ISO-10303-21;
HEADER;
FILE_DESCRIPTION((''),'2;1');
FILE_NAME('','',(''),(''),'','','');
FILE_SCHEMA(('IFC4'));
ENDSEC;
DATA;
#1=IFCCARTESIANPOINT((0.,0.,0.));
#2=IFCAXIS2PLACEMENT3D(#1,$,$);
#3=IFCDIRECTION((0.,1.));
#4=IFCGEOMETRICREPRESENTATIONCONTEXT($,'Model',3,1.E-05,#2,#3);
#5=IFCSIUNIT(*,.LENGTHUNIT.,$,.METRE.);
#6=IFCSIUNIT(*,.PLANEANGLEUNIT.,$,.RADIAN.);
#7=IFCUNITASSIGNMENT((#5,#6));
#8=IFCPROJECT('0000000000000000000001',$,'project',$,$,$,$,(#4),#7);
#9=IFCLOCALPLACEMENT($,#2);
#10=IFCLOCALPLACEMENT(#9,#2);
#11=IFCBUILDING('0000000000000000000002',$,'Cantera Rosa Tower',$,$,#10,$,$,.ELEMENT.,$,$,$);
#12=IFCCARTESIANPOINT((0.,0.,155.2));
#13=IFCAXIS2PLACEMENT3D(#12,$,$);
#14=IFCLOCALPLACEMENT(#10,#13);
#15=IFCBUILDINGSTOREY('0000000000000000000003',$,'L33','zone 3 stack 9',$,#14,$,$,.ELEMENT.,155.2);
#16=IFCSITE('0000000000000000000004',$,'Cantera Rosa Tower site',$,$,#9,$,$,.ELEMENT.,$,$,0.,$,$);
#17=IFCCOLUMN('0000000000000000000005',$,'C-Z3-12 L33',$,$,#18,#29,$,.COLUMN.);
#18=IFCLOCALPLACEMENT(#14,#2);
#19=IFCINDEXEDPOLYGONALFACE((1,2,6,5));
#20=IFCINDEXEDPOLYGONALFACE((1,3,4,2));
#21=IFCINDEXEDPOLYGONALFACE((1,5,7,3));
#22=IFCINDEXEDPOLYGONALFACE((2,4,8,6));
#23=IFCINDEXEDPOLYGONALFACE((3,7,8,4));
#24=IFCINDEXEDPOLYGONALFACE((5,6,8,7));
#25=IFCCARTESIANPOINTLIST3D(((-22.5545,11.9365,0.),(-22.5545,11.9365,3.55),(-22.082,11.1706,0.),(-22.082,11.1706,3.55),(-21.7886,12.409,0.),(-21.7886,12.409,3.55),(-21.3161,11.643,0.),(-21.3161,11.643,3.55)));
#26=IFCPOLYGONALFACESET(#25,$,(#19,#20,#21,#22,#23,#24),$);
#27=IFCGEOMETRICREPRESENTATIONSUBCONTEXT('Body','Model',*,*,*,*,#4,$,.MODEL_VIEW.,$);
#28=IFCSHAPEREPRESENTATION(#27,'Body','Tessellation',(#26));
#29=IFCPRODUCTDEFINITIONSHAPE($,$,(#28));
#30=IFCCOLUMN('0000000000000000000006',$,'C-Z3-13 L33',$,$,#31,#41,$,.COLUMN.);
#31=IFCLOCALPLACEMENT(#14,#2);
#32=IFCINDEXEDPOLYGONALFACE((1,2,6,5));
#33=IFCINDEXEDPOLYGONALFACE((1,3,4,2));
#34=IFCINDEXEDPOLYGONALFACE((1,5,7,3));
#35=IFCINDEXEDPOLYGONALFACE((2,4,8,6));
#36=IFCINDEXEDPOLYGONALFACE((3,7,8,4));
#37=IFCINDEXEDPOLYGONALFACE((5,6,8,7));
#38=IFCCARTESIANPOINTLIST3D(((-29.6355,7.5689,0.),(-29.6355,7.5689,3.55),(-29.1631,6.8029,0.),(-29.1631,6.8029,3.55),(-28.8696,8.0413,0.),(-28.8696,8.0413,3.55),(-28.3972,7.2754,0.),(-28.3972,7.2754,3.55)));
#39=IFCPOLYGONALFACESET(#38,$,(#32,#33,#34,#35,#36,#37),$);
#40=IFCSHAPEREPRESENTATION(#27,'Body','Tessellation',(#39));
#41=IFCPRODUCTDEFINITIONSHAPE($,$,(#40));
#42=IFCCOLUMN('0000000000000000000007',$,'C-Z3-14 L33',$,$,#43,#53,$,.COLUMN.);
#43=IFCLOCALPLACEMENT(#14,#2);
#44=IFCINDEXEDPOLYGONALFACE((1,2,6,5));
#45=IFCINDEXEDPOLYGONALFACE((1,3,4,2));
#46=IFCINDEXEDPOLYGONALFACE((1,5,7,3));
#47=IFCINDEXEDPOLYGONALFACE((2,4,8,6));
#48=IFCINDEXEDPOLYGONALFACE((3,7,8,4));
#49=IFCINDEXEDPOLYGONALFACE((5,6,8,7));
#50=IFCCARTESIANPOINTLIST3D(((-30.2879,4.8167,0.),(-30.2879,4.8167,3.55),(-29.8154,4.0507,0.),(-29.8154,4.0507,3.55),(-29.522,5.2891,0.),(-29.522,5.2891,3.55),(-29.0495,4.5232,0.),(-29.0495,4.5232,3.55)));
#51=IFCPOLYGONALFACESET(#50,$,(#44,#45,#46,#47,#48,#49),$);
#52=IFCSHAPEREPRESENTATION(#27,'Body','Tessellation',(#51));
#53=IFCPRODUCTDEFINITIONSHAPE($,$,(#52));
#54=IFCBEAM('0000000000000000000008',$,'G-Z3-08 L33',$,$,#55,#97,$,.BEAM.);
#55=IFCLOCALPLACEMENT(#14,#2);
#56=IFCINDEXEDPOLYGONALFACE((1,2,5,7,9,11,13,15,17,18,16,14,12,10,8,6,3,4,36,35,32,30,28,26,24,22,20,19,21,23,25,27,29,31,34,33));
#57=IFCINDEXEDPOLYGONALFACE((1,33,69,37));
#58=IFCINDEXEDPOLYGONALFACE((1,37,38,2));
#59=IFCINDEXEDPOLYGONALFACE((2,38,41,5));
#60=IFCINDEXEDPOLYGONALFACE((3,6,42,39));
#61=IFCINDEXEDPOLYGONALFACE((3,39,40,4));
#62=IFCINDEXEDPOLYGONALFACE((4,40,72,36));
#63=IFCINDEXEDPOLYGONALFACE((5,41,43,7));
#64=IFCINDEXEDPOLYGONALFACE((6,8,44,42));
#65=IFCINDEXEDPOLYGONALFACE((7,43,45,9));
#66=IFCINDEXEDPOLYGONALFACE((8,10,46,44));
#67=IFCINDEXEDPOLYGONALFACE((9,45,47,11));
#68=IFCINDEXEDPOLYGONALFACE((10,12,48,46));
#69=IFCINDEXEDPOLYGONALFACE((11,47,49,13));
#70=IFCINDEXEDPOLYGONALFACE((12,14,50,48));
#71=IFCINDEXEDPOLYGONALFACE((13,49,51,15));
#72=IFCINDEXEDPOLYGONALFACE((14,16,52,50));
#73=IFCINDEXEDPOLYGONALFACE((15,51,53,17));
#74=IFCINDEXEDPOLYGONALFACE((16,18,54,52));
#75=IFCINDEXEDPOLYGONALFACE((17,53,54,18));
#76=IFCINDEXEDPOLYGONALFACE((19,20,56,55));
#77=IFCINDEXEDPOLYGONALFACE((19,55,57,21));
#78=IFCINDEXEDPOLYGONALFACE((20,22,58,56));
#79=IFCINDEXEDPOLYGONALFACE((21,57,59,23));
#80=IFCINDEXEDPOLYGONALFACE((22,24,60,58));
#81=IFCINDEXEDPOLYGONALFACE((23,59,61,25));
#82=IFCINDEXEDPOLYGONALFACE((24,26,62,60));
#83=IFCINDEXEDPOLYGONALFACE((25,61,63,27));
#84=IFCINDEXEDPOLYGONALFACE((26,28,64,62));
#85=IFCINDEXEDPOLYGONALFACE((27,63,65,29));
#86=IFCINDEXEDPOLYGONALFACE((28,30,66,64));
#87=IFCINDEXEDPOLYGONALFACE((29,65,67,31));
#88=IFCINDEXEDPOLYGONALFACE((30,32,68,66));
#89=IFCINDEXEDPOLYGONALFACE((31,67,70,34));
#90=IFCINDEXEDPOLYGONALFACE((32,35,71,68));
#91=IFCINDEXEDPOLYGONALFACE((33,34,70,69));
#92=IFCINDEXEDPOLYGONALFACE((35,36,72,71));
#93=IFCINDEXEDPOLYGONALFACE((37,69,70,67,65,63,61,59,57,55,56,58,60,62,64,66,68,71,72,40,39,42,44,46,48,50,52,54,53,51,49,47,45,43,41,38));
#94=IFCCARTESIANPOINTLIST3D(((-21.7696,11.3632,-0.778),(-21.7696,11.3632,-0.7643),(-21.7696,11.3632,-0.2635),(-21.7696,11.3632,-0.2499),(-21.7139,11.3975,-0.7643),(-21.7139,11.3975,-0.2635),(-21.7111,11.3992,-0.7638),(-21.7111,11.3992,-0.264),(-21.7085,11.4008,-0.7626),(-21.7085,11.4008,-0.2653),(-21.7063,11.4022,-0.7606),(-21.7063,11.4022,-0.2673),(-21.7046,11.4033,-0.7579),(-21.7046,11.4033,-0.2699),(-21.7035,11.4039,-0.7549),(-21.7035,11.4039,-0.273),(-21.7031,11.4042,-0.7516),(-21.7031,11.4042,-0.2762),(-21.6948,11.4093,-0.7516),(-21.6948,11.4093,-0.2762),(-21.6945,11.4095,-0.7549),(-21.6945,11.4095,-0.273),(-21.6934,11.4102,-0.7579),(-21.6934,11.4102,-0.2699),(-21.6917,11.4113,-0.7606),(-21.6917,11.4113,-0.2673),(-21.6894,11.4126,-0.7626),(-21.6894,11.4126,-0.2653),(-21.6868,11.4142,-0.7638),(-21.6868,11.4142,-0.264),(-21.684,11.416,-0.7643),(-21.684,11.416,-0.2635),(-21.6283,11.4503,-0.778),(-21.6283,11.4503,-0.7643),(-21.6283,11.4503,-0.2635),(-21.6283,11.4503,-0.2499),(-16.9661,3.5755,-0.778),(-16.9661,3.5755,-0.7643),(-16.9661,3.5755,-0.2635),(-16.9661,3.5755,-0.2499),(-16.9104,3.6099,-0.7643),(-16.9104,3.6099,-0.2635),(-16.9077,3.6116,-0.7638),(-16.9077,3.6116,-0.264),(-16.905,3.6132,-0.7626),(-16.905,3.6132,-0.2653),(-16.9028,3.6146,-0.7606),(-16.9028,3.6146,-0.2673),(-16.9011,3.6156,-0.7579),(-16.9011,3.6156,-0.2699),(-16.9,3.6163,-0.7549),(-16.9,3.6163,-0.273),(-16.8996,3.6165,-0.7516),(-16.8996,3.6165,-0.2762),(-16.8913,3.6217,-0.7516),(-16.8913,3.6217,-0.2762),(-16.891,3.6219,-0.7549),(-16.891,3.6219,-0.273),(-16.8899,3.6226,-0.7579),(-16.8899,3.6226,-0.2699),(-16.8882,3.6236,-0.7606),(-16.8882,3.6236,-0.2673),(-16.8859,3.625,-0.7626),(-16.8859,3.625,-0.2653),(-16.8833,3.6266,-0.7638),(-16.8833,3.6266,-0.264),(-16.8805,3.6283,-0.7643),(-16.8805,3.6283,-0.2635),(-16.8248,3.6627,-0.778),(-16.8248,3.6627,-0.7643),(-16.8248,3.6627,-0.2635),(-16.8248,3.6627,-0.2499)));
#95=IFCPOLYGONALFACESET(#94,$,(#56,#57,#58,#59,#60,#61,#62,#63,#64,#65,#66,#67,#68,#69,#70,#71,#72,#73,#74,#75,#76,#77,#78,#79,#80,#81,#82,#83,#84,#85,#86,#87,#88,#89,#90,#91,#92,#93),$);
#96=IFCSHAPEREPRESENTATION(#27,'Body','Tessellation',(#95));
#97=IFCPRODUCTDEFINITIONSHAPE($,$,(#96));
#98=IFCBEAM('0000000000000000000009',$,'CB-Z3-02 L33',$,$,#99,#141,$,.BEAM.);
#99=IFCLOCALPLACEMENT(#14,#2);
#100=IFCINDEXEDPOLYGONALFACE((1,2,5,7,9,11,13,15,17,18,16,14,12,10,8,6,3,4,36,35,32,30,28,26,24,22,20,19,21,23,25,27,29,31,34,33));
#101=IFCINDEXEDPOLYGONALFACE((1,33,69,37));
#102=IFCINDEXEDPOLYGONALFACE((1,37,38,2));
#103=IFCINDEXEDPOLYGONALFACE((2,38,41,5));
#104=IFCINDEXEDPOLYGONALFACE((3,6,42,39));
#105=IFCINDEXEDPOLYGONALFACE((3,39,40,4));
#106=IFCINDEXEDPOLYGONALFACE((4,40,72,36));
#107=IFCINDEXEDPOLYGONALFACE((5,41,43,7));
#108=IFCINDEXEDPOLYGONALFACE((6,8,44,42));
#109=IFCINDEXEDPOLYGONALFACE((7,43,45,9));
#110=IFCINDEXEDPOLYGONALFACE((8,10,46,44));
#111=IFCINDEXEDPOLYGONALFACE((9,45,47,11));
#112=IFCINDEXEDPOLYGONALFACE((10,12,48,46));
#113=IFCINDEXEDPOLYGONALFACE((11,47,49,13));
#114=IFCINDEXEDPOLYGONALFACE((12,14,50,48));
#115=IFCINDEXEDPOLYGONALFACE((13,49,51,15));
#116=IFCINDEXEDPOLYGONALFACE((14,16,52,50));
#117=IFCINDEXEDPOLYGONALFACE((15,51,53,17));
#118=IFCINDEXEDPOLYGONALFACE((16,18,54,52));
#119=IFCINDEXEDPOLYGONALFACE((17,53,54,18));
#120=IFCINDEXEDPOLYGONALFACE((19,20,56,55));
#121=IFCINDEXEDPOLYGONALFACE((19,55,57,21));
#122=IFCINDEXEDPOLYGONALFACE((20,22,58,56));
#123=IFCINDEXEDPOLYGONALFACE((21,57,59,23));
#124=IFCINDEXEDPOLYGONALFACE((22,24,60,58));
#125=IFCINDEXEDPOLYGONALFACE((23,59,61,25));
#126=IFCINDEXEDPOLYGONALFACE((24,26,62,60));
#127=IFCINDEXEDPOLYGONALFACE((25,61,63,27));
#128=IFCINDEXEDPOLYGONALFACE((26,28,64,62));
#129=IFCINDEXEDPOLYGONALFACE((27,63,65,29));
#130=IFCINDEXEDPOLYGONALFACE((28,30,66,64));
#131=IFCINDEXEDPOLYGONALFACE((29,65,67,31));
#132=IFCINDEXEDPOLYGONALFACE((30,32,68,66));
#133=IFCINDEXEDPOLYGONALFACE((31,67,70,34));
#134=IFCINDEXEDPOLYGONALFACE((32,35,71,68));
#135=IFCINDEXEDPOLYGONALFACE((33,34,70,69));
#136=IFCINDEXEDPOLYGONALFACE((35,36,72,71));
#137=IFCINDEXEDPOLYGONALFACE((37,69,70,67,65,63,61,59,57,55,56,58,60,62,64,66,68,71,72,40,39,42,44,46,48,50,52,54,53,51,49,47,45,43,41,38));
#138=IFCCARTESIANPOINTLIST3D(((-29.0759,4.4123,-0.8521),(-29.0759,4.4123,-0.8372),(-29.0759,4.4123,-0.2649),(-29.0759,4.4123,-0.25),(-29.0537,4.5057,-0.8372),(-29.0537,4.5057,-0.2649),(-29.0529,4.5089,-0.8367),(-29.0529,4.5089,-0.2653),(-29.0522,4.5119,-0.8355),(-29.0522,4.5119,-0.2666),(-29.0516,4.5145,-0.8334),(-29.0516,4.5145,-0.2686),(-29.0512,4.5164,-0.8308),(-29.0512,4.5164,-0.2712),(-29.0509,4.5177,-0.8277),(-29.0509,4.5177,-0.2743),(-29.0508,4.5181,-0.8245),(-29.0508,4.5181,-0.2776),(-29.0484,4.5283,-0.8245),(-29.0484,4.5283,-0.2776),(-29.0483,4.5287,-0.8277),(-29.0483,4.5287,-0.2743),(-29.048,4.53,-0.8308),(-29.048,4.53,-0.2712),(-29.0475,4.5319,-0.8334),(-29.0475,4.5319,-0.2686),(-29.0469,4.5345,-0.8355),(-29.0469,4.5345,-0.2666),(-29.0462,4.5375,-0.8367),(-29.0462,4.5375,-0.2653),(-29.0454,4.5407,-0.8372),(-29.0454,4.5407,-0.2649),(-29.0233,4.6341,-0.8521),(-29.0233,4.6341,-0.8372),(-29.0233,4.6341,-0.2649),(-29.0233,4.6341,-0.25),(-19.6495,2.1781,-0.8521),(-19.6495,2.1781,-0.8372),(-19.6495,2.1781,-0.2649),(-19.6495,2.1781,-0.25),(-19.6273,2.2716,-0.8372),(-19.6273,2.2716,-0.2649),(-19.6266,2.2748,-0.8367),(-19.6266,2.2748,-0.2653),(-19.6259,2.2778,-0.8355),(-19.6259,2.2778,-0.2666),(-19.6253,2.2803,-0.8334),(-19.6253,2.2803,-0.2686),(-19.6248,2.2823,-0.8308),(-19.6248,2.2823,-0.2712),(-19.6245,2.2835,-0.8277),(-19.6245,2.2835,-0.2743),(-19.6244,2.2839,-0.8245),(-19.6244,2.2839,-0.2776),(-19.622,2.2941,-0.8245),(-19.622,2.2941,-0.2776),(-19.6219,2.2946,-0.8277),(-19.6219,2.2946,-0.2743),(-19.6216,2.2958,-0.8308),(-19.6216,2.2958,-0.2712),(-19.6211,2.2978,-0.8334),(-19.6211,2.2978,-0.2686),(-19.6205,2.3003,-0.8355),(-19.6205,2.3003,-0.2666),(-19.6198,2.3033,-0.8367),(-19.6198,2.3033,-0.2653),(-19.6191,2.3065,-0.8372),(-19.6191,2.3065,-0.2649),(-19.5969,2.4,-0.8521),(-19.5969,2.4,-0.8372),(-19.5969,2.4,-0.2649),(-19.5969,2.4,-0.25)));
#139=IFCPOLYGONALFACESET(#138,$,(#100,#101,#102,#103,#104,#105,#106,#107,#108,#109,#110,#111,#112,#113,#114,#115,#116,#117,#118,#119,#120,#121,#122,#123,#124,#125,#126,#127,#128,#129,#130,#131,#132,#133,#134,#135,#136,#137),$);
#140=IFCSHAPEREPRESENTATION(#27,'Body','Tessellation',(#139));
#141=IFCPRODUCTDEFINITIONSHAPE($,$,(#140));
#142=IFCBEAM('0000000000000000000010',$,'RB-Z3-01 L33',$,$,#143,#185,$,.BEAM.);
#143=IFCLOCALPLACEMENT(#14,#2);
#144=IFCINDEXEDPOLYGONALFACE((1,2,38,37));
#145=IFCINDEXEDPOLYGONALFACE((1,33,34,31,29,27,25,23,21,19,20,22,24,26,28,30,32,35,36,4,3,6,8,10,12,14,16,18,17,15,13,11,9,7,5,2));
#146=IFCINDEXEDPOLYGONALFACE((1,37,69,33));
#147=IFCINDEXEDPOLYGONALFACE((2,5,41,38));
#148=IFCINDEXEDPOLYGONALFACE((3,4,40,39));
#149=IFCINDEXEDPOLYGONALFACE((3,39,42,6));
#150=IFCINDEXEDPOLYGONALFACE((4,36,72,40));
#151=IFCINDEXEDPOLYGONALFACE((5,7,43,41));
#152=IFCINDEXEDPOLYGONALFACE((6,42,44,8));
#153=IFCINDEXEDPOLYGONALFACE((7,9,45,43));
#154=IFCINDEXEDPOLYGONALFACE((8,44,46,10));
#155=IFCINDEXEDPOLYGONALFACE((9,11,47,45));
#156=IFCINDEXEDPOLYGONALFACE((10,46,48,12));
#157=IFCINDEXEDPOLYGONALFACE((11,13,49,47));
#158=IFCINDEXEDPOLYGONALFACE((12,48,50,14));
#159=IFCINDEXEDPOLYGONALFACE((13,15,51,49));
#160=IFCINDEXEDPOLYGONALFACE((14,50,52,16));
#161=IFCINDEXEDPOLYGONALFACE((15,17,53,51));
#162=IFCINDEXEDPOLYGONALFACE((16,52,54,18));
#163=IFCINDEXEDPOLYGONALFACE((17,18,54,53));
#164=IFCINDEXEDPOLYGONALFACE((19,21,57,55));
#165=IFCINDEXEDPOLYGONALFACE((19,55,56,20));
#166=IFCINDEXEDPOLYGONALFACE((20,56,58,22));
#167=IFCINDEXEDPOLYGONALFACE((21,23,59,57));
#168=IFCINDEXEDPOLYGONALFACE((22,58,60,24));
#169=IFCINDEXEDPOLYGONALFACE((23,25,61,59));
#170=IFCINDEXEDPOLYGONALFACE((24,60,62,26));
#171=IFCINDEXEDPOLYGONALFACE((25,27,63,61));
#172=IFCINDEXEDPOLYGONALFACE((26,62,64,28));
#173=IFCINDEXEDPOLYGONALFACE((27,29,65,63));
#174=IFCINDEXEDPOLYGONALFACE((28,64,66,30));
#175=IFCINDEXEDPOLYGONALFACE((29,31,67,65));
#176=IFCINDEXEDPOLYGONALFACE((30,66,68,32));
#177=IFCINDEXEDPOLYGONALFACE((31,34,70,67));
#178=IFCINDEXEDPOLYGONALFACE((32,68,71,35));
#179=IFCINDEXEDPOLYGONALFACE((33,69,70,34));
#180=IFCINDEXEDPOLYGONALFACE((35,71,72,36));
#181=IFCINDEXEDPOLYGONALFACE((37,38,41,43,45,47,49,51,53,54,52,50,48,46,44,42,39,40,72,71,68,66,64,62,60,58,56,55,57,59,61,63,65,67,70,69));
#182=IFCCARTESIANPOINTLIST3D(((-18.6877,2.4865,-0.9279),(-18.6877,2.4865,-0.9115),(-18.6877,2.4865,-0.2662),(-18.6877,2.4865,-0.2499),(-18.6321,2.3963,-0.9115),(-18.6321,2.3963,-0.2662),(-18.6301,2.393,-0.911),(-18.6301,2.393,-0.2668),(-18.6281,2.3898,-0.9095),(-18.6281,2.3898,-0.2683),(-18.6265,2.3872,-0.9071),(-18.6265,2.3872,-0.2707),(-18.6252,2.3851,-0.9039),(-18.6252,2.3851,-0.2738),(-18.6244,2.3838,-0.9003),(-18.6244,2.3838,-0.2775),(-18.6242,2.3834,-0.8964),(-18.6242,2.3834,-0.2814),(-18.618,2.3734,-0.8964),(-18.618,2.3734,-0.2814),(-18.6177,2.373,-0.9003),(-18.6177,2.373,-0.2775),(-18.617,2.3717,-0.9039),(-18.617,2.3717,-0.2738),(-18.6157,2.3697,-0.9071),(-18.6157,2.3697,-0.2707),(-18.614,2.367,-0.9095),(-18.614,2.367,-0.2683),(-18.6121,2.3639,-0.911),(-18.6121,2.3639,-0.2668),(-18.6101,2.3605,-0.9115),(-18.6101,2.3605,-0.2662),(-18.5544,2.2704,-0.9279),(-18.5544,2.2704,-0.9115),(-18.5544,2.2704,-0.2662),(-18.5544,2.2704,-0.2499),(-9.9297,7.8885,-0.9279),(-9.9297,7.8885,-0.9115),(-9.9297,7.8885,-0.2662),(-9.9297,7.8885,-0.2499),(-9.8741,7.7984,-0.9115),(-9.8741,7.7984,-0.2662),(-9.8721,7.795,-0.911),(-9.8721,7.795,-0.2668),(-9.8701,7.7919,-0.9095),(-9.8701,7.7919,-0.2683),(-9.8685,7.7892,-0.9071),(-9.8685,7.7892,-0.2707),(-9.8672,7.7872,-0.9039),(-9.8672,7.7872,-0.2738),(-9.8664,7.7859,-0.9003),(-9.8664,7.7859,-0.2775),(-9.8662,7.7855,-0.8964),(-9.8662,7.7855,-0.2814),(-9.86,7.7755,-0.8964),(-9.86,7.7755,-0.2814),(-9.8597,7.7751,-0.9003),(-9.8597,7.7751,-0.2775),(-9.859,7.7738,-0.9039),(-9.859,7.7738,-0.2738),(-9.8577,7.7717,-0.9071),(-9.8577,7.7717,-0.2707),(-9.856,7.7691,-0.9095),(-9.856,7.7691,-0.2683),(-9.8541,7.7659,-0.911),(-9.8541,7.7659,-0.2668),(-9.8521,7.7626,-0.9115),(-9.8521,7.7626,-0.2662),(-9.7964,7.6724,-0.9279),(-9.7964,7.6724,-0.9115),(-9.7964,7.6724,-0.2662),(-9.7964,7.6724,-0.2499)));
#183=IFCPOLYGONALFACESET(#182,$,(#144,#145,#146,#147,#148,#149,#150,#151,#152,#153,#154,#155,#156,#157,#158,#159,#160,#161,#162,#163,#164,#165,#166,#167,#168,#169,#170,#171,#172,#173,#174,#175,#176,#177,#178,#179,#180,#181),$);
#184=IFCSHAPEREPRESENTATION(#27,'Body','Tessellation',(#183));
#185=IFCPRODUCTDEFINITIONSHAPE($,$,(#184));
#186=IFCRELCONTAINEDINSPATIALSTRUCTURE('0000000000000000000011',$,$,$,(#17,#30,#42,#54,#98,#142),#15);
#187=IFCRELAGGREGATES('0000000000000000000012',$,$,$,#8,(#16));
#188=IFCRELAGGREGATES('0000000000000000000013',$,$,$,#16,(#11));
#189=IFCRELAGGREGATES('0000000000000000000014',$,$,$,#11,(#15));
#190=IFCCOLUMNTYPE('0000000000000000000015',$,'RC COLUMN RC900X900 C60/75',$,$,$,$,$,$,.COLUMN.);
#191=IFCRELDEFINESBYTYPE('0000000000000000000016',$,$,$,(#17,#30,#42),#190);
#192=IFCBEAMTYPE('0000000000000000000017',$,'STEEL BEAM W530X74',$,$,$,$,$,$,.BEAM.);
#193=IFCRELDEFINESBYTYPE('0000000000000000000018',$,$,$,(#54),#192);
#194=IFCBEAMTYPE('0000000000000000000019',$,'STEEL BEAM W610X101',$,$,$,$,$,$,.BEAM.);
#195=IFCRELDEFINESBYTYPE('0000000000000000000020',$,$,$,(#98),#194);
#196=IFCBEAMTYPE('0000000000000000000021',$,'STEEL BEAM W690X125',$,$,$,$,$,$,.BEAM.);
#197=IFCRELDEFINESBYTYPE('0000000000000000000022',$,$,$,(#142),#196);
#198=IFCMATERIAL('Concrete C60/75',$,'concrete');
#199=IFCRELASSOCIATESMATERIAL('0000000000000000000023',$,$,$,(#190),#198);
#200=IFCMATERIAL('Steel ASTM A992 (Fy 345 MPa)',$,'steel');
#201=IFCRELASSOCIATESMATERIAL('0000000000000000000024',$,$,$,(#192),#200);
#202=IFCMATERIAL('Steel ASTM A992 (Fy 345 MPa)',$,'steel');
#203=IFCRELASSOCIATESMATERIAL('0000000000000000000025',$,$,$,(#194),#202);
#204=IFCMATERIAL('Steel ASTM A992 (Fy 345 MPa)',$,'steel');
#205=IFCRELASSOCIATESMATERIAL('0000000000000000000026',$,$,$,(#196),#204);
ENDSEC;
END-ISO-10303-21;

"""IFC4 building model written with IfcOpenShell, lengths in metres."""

from ifc_helpers import new_model, si_unit, direction, frame, origin, origin_2d, place, context, subcontext, project, spatial, rectangle, i_section, extrude, material, material_profile, profile_set, type_object, element, save


model = new_model("IFC4")

# Units and contexts
model_context = context("Model", 3, precision=1e-05, world=origin(), true_north=direction((0.0, 1.0)))
body_context = subcontext(model_context, "Body", "Model", "MODEL_VIEW")
ifc_project = project(units=[si_unit("LENGTHUNIT", "METRE"), si_unit("PLANEANGLEUNIT", "RADIAN")], contexts=[model_context])

# Site, building, storey
site_placement = place(None, origin())
site = spatial("IfcSite", under=ifc_project, at=site_placement, Name="Cantera Rosa Tower site", CompositionType="ELEMENT", RefElevation=0.0)
building_placement = place(site_placement, origin())
building = spatial("IfcBuilding", under=site, at=building_placement, Name="Cantera Rosa Tower", CompositionType="ELEMENT")
storey_placement = place(building_placement, frame((0.0, 0.0, 155.2)))
storey = spatial("IfcBuildingStorey", under=building, at=storey_placement, Name="L33", Description="zone 3 stack 9", CompositionType="ELEMENT", Elevation=155.2)

# Columns
ifc_material_1 = material(Name="Concrete C60/75", Category="concrete")
ifc_material_profile_1 = material_profile(ifc_material_1, rectangle(XDim=0.8999, YDim=0.8999, at=origin_2d()), Name="RC COLUMN RC900X900 C60/75")
ifc_profile_set_1 = profile_set([ifc_material_profile_1], Name="Concrete C60/75")
column_type = type_object("IfcColumnType", Name="RC COLUMN RC900X900 C60/75", PredefinedType="COLUMN", material=ifc_profile_set_1)
for number, where, z_axis, x_axis, name in (
    (1, (-21.9353, 11.7898, 0.0), (0.0, 0.0, 1.0), (0.851117, 0.524977, 0.0), "C-Z3-12 L33"),
    (2, (-29.0164, 7.4221, 0.0), (0.0, 0.0, 1.0), (0.851117, 0.524977, 0.0), "C-Z3-13 L33"),
    (3, (-29.6687, 4.6699, 0.0), (0.0, 0.0, 1.0), (0.851117, 0.524977, 0.0), "C-Z3-14 L33"),
):
    element("IfcColumn", number, at=place(storey_placement, frame(where, z_axis=z_axis, x_axis=x_axis)), inside=storey, type_object=column_type, Name=name, PredefinedType="COLUMN", context=body_context, shape_type="SweptSolid", body=[
        extrude(rectangle(XDim=0.8999, YDim=0.8999, at=origin_2d()), origin(), (0.0, 0.0, 1.0), 3.55),
    ])

# Beams
ifc_material_2 = material(Name="Steel ASTM A992 (Fy 345 MPa)", Category="steel")
ifc_material_profile_2 = material_profile(ifc_material_2, i_section(OverallWidth=0.166, OverallDepth=0.5281, WebThickness=0.0098, FlangeThickness=0.0137, FilletRadius=0.0127, at=origin_2d()), Name="W530X74")
ifc_profile_set_2 = profile_set([ifc_material_profile_2], Name="Steel ASTM A992 (Fy 345 MPa)")
beam_type_1 = type_object("IfcBeamType", Name="STEEL BEAM W530X74", PredefinedType="BEAM", material=ifc_profile_set_2)
beam_1_placement = place(storey_placement, frame((-21.699, 11.4067, -0.5139), z_axis=(0.524977, -0.851116, 0.0), x_axis=(0.851116, 0.524977, 0.0)))
element("IfcBeam", 4, at=beam_1_placement, inside=storey, type_object=beam_type_1, Name="G-Z3-08 L33", PredefinedType="BEAM", context=body_context, shape_type="SweptSolid", body=[
    extrude(i_section(OverallWidth=0.166, OverallDepth=0.5281, WebThickness=0.0098, FlangeThickness=0.0137, FilletRadius=0.0127, at=origin_2d()), origin(), (0.0, 0.0, 1.0), 9.1499),
])
ifc_material_3 = material(Name="Steel ASTM A992 (Fy 345 MPa)", Category="steel")
ifc_material_profile_3 = material_profile(ifc_material_3, i_section(OverallWidth=0.228, OverallDepth=0.6021, WebThickness=0.0105, FlangeThickness=0.0149, FilletRadius=0.0127, at=origin_2d()), Name="W610X101")
ifc_profile_set_3 = profile_set([ifc_material_profile_3], Name="Steel ASTM A992 (Fy 345 MPa)")
beam_type_2 = type_object("IfcBeamType", Name="STEEL BEAM W610X101", PredefinedType="BEAM", material=ifc_profile_set_3)
beam_2_placement = place(storey_placement, frame((-29.0496, 4.5232, -0.551), z_axis=(0.973043, -0.230622, 0.0), x_axis=(0.230622, 0.973043, 0.0)))
element("IfcBeam", 5, at=beam_2_placement, inside=storey, type_object=beam_type_2, Name="CB-Z3-02 L33", PredefinedType="BEAM", context=body_context, shape_type="SweptSolid", body=[
    extrude(i_section(OverallWidth=0.228, OverallDepth=0.6021, WebThickness=0.0105, FlangeThickness=0.0149, FilletRadius=0.0127, at=origin_2d()), origin(), (0.0, 0.0, 1.0), 9.6875),
])
ifc_material_4 = material(Name="Steel ASTM A992 (Fy 345 MPa)", Category="steel")
ifc_material_profile_4 = material_profile(ifc_material_4, i_section(OverallWidth=0.2539, OverallDepth=0.678, WebThickness=0.0117, FlangeThickness=0.0164, FilletRadius=0.0151, at=origin_2d()), Name="W690X125")
ifc_profile_set_4 = profile_set([ifc_material_profile_4], Name="Steel ASTM A992 (Fy 345 MPa)")
beam_type_3 = type_object("IfcBeamType", Name="STEEL BEAM W690X125", PredefinedType="BEAM", material=ifc_profile_set_4)
beam_3_placement = place(storey_placement, frame((-18.6211, 2.3784, -0.5889), z_axis=(0.851115, 0.52498, 0.0), x_axis=(-0.52498, 0.851115, 0.0)))
element("IfcBeam", 6, at=beam_3_placement, inside=storey, type_object=beam_type_3, Name="RB-Z3-01 L33", PredefinedType="BEAM", context=body_context, shape_type="SweptSolid", body=[
    extrude(i_section(OverallWidth=0.2539, OverallDepth=0.678, WebThickness=0.0117, FlangeThickness=0.0164, FilletRadius=0.0151, at=origin_2d()), origin(), (0.0, 0.0, 1.0), 10.29),
])

save(model, "model.ifc")
